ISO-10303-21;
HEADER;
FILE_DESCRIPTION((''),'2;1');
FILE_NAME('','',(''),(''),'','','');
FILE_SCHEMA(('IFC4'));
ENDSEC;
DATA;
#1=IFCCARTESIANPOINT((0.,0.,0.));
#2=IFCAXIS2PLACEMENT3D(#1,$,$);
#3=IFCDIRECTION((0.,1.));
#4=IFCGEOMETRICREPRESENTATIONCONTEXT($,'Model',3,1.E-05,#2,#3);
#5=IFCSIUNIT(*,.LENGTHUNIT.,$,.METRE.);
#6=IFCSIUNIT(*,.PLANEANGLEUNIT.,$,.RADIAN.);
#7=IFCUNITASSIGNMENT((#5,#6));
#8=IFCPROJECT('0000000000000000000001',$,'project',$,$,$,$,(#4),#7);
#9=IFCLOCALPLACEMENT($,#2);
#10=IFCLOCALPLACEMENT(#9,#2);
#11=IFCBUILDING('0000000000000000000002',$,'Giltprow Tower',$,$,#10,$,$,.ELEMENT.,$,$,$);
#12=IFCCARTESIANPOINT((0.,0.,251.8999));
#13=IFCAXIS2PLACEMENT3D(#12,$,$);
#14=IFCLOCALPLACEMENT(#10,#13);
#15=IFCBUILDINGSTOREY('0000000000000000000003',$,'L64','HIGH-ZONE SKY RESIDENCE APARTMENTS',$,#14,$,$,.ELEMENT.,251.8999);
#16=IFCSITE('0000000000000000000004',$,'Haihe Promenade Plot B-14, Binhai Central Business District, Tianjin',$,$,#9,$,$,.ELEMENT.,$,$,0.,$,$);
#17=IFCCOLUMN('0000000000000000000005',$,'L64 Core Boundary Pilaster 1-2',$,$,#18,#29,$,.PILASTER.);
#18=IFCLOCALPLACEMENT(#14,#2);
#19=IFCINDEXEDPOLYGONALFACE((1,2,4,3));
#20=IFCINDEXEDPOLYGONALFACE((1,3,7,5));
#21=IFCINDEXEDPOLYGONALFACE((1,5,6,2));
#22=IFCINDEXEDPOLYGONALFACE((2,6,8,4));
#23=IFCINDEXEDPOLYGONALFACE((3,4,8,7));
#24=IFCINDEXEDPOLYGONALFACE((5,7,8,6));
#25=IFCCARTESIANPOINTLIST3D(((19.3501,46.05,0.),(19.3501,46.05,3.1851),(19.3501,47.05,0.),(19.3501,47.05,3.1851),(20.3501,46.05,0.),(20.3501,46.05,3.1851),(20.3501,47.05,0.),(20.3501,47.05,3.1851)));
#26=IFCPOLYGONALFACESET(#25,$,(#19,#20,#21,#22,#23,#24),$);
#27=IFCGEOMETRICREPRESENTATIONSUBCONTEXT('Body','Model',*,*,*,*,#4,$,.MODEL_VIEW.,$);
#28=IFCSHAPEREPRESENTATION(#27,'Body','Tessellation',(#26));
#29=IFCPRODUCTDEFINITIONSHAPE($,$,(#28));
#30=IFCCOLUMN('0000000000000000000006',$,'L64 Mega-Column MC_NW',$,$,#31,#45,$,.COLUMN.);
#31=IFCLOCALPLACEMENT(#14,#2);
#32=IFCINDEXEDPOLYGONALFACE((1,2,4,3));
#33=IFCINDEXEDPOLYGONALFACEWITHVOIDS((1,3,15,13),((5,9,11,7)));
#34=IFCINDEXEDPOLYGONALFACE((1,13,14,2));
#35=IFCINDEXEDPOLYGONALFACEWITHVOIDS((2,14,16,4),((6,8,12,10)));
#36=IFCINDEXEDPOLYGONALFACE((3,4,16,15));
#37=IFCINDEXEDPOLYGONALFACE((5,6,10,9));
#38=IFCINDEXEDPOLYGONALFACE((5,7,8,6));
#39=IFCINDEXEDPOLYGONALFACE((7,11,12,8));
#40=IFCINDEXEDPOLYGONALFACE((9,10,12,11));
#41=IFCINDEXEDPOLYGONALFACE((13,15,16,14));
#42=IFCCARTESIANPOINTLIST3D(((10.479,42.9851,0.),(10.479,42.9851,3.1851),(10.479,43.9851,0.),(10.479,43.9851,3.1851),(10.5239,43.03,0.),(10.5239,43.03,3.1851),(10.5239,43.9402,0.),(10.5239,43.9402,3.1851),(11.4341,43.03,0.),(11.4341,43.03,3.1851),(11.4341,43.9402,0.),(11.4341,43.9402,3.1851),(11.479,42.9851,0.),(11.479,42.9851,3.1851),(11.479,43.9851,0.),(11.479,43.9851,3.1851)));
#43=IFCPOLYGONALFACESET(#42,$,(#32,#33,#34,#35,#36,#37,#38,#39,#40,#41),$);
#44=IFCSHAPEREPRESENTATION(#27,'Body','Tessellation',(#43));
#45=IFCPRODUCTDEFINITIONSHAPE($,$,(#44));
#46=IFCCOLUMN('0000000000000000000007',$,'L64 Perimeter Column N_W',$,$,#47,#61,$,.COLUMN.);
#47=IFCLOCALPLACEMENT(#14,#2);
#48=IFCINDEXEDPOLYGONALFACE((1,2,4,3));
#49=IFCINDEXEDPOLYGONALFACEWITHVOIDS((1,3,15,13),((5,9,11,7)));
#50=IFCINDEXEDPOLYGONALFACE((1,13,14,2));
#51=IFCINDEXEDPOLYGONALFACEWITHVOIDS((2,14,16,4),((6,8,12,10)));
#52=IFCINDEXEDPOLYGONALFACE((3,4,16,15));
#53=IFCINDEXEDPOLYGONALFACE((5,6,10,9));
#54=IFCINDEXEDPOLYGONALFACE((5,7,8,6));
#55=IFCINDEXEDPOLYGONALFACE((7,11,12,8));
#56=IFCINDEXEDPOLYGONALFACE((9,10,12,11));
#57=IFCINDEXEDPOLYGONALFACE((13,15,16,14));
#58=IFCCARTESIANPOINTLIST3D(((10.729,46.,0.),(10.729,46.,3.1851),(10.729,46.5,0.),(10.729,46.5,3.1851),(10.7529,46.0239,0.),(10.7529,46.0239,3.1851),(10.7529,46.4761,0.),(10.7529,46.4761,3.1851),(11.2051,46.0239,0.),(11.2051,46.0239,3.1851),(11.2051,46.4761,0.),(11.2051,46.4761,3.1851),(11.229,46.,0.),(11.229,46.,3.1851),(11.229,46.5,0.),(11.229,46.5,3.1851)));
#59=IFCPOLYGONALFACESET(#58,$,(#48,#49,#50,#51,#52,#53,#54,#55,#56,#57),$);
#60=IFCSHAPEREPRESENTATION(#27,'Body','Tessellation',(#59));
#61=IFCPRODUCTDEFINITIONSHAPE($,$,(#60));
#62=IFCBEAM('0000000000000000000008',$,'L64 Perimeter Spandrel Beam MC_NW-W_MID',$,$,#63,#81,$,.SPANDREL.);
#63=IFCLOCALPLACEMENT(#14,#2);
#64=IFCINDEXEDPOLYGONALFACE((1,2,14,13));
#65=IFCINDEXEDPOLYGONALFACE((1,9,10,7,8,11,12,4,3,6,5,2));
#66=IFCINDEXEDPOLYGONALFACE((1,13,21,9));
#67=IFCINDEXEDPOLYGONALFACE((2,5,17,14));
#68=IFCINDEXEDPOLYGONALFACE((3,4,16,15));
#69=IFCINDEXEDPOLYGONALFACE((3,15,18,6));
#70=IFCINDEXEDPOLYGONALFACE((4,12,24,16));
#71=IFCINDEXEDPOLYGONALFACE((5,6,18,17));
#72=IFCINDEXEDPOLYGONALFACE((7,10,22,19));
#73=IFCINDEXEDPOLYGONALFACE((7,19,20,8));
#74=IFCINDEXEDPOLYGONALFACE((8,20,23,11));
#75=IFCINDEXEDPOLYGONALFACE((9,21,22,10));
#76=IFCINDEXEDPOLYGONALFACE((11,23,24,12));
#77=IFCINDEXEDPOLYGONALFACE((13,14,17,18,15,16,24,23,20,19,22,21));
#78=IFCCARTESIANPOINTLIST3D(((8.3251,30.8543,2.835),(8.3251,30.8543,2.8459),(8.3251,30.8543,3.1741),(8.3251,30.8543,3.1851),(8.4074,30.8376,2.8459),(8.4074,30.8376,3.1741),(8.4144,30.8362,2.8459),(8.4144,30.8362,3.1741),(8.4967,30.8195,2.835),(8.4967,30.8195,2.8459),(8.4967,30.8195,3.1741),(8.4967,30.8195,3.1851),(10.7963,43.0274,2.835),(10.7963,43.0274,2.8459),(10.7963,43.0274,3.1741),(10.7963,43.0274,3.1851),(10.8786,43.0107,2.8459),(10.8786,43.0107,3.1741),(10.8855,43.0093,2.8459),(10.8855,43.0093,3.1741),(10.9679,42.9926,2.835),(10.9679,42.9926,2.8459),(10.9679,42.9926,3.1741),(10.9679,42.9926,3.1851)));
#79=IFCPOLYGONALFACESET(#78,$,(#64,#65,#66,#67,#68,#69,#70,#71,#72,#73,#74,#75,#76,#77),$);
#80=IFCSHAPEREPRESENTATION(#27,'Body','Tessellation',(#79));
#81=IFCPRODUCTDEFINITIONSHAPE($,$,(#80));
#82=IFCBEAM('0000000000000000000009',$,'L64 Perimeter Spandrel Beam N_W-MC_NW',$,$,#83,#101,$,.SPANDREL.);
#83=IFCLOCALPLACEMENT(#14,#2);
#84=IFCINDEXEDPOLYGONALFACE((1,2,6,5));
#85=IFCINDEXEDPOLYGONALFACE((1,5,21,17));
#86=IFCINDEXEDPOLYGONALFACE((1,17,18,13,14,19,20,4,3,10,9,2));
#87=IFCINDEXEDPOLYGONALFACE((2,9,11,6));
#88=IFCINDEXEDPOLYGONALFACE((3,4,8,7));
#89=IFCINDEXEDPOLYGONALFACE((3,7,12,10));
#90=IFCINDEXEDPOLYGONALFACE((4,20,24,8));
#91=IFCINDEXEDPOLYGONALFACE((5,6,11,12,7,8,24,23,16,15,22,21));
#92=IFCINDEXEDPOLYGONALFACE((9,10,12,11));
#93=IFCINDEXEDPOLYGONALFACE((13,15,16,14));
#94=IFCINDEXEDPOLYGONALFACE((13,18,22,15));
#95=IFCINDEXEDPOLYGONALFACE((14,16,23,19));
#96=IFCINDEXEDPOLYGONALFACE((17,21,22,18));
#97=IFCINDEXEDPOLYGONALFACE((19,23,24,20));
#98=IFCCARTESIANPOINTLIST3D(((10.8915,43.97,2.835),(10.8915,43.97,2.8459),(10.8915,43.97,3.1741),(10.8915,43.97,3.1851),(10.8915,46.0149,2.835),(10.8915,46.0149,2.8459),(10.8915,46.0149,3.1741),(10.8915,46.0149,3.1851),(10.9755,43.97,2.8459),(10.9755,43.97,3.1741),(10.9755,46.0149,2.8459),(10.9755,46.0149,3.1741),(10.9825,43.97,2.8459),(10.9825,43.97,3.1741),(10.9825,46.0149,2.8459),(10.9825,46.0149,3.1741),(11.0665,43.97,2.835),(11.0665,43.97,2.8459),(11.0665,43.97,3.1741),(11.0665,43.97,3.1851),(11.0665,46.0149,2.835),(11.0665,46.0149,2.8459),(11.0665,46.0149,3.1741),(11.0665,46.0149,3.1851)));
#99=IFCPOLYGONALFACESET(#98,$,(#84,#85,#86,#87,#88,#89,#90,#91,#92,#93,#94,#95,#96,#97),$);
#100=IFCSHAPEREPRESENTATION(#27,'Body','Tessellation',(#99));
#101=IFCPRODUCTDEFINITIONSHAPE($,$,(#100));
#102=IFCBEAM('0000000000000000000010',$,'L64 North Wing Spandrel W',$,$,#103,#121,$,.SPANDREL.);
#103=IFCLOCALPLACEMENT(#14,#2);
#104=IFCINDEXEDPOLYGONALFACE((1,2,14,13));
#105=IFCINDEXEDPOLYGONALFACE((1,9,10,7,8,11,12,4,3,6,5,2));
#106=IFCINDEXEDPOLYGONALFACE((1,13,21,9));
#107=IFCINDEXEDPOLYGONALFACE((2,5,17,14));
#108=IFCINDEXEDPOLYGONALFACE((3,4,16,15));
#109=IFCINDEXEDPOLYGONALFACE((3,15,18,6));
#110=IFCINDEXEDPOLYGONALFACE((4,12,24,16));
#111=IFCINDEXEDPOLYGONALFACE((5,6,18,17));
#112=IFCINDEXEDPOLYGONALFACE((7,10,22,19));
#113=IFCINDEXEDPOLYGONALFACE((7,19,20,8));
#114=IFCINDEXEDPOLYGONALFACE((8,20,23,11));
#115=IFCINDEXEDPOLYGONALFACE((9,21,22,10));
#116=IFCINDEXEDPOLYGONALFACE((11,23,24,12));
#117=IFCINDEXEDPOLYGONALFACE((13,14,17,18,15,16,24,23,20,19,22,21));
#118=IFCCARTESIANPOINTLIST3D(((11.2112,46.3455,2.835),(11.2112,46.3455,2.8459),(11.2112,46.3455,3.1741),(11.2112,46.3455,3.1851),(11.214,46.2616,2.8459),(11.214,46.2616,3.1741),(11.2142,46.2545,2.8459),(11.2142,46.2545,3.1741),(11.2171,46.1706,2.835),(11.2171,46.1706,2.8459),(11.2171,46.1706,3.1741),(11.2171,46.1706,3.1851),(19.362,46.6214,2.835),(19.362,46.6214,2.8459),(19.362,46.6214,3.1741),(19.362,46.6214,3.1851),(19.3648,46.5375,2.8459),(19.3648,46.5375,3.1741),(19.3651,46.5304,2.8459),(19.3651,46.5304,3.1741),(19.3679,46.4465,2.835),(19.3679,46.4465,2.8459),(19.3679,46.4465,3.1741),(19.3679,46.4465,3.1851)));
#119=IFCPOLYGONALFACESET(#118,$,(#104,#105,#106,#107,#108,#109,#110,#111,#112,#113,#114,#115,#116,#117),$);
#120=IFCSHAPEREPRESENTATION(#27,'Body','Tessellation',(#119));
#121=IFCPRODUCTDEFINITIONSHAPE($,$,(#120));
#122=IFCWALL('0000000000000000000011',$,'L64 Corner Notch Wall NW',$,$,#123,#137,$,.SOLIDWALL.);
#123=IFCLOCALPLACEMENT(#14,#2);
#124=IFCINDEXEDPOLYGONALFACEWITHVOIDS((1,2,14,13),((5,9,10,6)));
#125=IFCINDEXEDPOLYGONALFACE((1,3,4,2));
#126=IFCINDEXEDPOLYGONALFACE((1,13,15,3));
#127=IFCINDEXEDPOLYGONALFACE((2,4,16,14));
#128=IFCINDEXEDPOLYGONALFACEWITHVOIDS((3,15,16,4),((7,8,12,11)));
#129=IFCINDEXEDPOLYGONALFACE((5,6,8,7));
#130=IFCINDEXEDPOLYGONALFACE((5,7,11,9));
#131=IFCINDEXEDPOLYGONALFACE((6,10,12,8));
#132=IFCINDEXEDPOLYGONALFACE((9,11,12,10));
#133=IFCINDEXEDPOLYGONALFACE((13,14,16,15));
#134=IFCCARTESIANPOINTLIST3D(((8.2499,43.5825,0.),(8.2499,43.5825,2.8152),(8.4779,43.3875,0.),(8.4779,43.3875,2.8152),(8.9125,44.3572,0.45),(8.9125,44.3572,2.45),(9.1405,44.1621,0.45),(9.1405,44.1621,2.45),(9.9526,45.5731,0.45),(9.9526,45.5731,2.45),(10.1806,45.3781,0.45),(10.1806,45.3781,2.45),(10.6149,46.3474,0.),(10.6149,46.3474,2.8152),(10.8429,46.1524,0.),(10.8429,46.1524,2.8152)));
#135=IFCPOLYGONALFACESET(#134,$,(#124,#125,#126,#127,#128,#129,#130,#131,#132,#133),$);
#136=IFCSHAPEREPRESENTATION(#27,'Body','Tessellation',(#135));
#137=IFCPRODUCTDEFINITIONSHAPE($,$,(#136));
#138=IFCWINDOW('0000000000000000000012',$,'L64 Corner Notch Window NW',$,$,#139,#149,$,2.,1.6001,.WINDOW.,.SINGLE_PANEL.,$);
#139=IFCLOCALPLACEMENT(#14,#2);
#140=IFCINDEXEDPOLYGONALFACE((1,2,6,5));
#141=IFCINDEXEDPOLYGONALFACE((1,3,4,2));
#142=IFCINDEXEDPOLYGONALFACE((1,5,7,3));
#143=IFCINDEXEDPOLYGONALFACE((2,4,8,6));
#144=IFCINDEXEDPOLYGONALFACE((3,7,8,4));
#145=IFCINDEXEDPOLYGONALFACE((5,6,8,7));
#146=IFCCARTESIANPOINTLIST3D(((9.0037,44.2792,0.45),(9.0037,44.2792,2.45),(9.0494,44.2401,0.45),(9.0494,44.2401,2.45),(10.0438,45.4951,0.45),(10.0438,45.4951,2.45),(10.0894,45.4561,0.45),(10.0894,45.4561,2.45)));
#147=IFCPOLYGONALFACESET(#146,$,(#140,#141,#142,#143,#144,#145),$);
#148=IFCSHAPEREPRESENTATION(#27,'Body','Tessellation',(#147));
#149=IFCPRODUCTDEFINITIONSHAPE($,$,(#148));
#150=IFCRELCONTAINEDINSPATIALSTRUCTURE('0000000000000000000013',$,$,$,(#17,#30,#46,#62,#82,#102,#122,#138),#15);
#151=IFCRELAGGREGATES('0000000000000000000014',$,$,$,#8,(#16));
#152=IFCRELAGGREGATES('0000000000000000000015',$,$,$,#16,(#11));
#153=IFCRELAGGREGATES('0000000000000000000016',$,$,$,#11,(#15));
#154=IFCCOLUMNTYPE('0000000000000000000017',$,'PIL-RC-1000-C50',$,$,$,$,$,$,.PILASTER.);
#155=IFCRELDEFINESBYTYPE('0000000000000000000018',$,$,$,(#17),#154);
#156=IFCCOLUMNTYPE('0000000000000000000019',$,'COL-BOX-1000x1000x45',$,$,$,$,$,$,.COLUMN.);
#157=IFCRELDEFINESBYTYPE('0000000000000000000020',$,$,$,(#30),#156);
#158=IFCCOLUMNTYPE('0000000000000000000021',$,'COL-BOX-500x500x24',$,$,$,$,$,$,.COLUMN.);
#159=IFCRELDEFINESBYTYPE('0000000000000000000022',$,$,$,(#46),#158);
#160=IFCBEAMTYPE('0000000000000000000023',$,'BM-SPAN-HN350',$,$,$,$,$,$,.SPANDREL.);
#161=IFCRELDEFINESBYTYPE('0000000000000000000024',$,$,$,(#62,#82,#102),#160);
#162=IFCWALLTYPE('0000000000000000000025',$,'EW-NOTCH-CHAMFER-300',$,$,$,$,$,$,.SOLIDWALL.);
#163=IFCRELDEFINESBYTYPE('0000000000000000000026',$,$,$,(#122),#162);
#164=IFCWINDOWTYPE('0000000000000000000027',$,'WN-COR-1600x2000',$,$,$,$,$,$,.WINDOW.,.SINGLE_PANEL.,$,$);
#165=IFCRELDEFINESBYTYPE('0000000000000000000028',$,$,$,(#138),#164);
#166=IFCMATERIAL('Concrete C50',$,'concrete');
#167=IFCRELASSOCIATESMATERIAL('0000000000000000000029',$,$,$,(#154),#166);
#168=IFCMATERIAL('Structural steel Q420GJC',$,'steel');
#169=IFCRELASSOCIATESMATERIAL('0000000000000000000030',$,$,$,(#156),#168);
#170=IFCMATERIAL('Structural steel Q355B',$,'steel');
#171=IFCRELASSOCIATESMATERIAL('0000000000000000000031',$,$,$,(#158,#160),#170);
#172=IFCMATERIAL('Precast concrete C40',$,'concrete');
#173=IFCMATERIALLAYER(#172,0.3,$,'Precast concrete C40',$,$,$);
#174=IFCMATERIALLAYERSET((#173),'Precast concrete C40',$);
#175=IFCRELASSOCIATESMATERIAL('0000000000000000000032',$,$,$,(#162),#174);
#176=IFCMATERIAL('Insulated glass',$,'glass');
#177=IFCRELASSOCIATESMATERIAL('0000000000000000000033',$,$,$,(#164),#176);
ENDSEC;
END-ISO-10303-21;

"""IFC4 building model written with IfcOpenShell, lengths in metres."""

from ifc_helpers import new_model, si_unit, direction, frame, frame_2d, origin, origin_2d, place, context, subcontext, project, spatial, rectangle, hollow_rectangle, i_section, extrude, source, transform, mapped, material, layer, layer_set, material_profile, profile_set, type_object, element, fill, save


model = new_model("IFC4")

# Units and contexts
model_context = context("Model", 3, precision=1e-05, world=origin(), true_north=direction((0.0, 1.0)))
body_context = subcontext(model_context, "Body", "Model", "MODEL_VIEW")
ifc_project = project(units=[si_unit("LENGTHUNIT", "METRE"), si_unit("PLANEANGLEUNIT", "RADIAN")], contexts=[model_context])

# Site, building, storey
site_placement = place(None, origin())
site = spatial("IfcSite", under=ifc_project, at=site_placement, Name="Haihe Promenade Plot B-14, Binhai Central Business District, Tianjin", CompositionType="ELEMENT", RefElevation=0.0)
building_placement = place(site_placement, origin())
building = spatial("IfcBuilding", under=site, at=building_placement, Name="Giltprow Tower", CompositionType="ELEMENT")
storey_placement = place(building_placement, frame((0.0, 0.0, 251.8999)))
storey = spatial("IfcBuildingStorey", under=building, at=storey_placement, Name="L64", Description="HIGH-ZONE SKY RESIDENCE APARTMENTS", CompositionType="ELEMENT", Elevation=251.8999)

# Columns
ifc_material_1 = material(Name="Concrete C50", Category="concrete")
ifc_material_profile_1 = material_profile(ifc_material_1, rectangle(XDim=1.0, YDim=1.0, at=origin_2d()), Name="RC 1000x1000")
ifc_profile_set_1 = profile_set([ifc_material_profile_1], Name="Concrete C50")
column_type_1 = type_object("IfcColumnType", Name="PIL-RC-1000-C50", PredefinedType="PILASTER", material=ifc_profile_set_1)
shared_shape_1 = source(origin(), body_context, "Body", "SweptSolid", [
    extrude(rectangle(XDim=1.0, YDim=1.0, at=origin_2d()), origin(), (0.0, 0.0, 1.0), 3.1851),
])
column_1_placement = place(storey_placement, frame((19.8501, 46.55, 0.0), z_axis=(0.0, 0.0, 1.0), x_axis=(1.0, 0.0, 0.0)))
element("IfcColumn", 1, at=column_1_placement, inside=storey, type_object=column_type_1, Name="L64 Core Boundary Pilaster 1-2", PredefinedType="PILASTER", context=body_context, shape_type="MappedRepresentation", body=[
    mapped(shared_shape_1, transform((0.0, 0.0, 0.0), x_axis=(1.0, 0.0, 0.0), y_axis=(0.0, 1.0, 0.0), z_axis=(0.0, 0.0, 1.0), scale=1.0)),
])
ifc_material_2 = material(Name="Structural steel Q420GJC", Category="steel")
ifc_material_profile_2 = material_profile(ifc_material_2, hollow_rectangle(XDim=1.0, YDim=1.0, WallThickness=0.0449, at=origin_2d()), Name="BOX 1000x1000x45")
ifc_profile_set_2 = profile_set([ifc_material_profile_2], Name="Structural steel Q420GJC")
column_type_2 = type_object("IfcColumnType", Name="COL-BOX-1000x1000x45", PredefinedType="COLUMN", material=ifc_profile_set_2)
shared_shape_2 = source(origin(), body_context, "Body", "SweptSolid", [
    extrude(hollow_rectangle(XDim=1.0, YDim=1.0, WallThickness=0.0449, at=origin_2d()), origin(), (0.0, 0.0, 1.0), 3.1851),
])
column_2_placement = place(storey_placement, frame((10.979, 43.4851, 0.0), z_axis=(0.0, 0.0, 1.0), x_axis=(1.0, 0.0, 0.0)))
element("IfcColumn", 2, at=column_2_placement, inside=storey, type_object=column_type_2, Name="L64 Mega-Column MC_NW", PredefinedType="COLUMN", context=body_context, shape_type="MappedRepresentation", body=[
    mapped(shared_shape_2, transform((0.0, 0.0, 0.0), x_axis=(1.0, 0.0, 0.0), y_axis=(0.0, 1.0, 0.0), z_axis=(0.0, 0.0, 1.0), scale=1.0)),
])
ifc_material_3 = material(Name="Structural steel Q355B", Category="steel")
ifc_material_profile_3 = material_profile(ifc_material_3, hollow_rectangle(XDim=0.5, YDim=0.5, WallThickness=0.0239, at=origin_2d()), Name="BOX 500x500x24")
ifc_profile_set_3 = profile_set([ifc_material_profile_3], Name="Structural steel Q355B")
column_type_3 = type_object("IfcColumnType", Name="COL-BOX-500x500x24", PredefinedType="COLUMN", material=ifc_profile_set_3)
shared_shape_3 = source(origin(), body_context, "Body", "SweptSolid", [
    extrude(hollow_rectangle(XDim=0.5, YDim=0.5, WallThickness=0.0239, at=origin_2d()), origin(), (0.0, 0.0, 1.0), 3.1851),
])
column_3_placement = place(storey_placement, frame((10.979, 46.25, 0.0), z_axis=(0.0, 0.0, 1.0), x_axis=(1.0, 0.0, 0.0)))
element("IfcColumn", 3, at=column_3_placement, inside=storey, type_object=column_type_3, Name="L64 Perimeter Column N_W", PredefinedType="COLUMN", context=body_context, shape_type="MappedRepresentation", body=[
    mapped(shared_shape_3, transform((0.0, 0.0, 0.0), x_axis=(1.0, 0.0, 0.0), y_axis=(0.0, 1.0, 0.0), z_axis=(0.0, 0.0, 1.0), scale=1.0)),
])

# Beams
ifc_material_profile_4 = material_profile(ifc_material_3, i_section(OverallWidth=0.175, OverallDepth=0.3501, WebThickness=0.0071, FlangeThickness=0.011, at=origin_2d()), Name="HN 350x175x7x11")
ifc_profile_set_4 = profile_set([ifc_material_profile_4], Name="Structural steel Q355B")
beam_type = type_object("IfcBeamType", Name="BM-SPAN-HN350", PredefinedType="SPANDREL", material=ifc_profile_set_4)
shared_shape_4 = source(origin(), body_context, "Body", "SweptSolid", [
    extrude(i_section(OverallWidth=0.175, OverallDepth=0.3501, WebThickness=0.0071, FlangeThickness=0.011, at=origin_2d()), origin(), (0.0, 0.0, 1.0), 12.4214),
])
beam_1_placement = place(storey_placement, frame((10.8821, 43.01, 3.01), z_axis=(-0.198946, -0.98001, 0.0), x_axis=(0.98001, -0.198946, 0.0)))
element("IfcBeam", 4, at=beam_1_placement, inside=storey, type_object=beam_type, Name="L64 Perimeter Spandrel Beam MC_NW-W_MID", PredefinedType="SPANDREL", context=body_context, shape_type="MappedRepresentation", body=[
    mapped(shared_shape_4, transform((0.0, 0.0, 0.0), x_axis=(1.0, 0.0, 0.0), y_axis=(0.0, 1.0, 0.0), z_axis=(0.0, 0.0, 1.0), scale=1.0)),
])
shared_shape_5 = source(origin(), body_context, "Body", "SweptSolid", [
    extrude(i_section(OverallWidth=0.175, OverallDepth=0.3501, WebThickness=0.0071, FlangeThickness=0.011, at=origin_2d()), origin(), (0.0, 0.0, 1.0), 2.0449),
])
beam_2_placement = place(storey_placement, frame((10.979, 46.0149, 3.01), z_axis=(0.0, -1.0, 0.0), x_axis=(1.0, 0.0, 0.0)))
element("IfcBeam", 5, at=beam_2_placement, inside=storey, type_object=beam_type, Name="L64 Perimeter Spandrel Beam N_W-MC_NW", PredefinedType="SPANDREL", context=body_context, shape_type="MappedRepresentation", body=[
    mapped(shared_shape_5, transform((0.0, 0.0, 0.0), x_axis=(1.0, 0.0, 0.0), y_axis=(0.0, 1.0, 0.0), z_axis=(0.0, 0.0, 1.0), scale=1.0)),
])
shared_shape_6 = source(origin(), body_context, "Body", "SweptSolid", [
    extrude(i_section(OverallWidth=0.175, OverallDepth=0.3501, WebThickness=0.0071, FlangeThickness=0.011, at=origin_2d()), origin(), (0.0, 0.0, 1.0), 8.1555),
])
beam_3_placement = place(storey_placement, frame((11.2141, 46.2581, 3.01), z_axis=(0.999428, 0.033827, 0.0), x_axis=(-0.033827, 0.999428, 0.0)))
element("IfcBeam", 6, at=beam_3_placement, inside=storey, type_object=beam_type, Name="L64 North Wing Spandrel W", PredefinedType="SPANDREL", context=body_context, shape_type="MappedRepresentation", body=[
    mapped(shared_shape_6, transform((0.0, 0.0, 0.0), x_axis=(1.0, 0.0, 0.0), y_axis=(0.0, 1.0, 0.0), z_axis=(0.0, 0.0, 1.0), scale=1.0)),
])

# Wall, opening, window
ifc_material_4 = material(Name="Precast concrete C40", Category="concrete")
ifc_layer_1 = layer(ifc_material_4, 0.3, Name="Precast concrete C40")
ifc_layer_set_1 = layer_set([ifc_layer_1], Name="Precast concrete C40")
wall_type_1 = type_object("IfcWallType", Name="EW-NOTCH-CHAMFER-300", PredefinedType="SOLIDWALL", material=ifc_layer_set_1)
wall_1_placement = place(storey_placement, frame((10.729, 46.25, 0.0), z_axis=(0.0, 0.0, 1.0), x_axis=(-0.650012, -0.759924, 0.0)))
wall_1 = element("IfcWall", 7, at=wall_1_placement, inside=storey, type_object=wall_type_1, Name="L64 Corner Notch Wall NW", PredefinedType="SOLIDWALL", context=body_context, shape_type="SweptSolid", body=[
    extrude(rectangle(XDim=3.6384, YDim=0.3, at=frame_2d((1.8193, 0.0))), origin(), (0.0, 0.0, 1.0), 2.8152),
])
opening_1_placement = place(wall_1_placement, frame((1.019, 0.0, 0.45)))
opening_1 = element("IfcOpeningElement", 8, at=opening_1_placement, cuts=wall_1, PredefinedType="OPENING", context=body_context, shape_type="SweptSolid", body=[
    extrude(rectangle(XDim=1.6001, YDim=2.0, at=frame_2d((0.8, 1.0))), frame((0.0, 0.1599, 0.0), z_axis=(0.0, -1.0, 0.0), x_axis=(1.0, 0.0, 0.0)), (0.0, 0.0, 1.0), 0.3201),
])
ifc_material_5 = material(Name="Insulated glass", Category="glass")
window_type = type_object("IfcWindowType", Name="WN-COR-1600x2000", PartitioningType="SINGLE_PANEL", PredefinedType="WINDOW", material=ifc_material_5)
shared_shape_7 = source(origin(), body_context, "Body", "SweptSolid", [
    extrude(rectangle(XDim=1.6001, YDim=2.0, at=frame_2d((0.8, 1.0))), frame((0.0, 0.03, 0.0), z_axis=(0.0, -1.0, 0.0), x_axis=(1.0, 0.0, 0.0)), (0.0, 0.0, 1.0), 0.0601),
])
window_1_placement = place(opening_1_placement, origin())
window_1 = element("IfcWindow", 9, at=window_1_placement, inside=storey, type_object=window_type, Name="L64 Corner Notch Window NW", OverallHeight=2.0, OverallWidth=1.6001, PartitioningType="SINGLE_PANEL", PredefinedType="WINDOW", context=body_context, shape_type="MappedRepresentation", body=[
    mapped(shared_shape_7, transform((0.0, 0.0, 0.0), x_axis=(1.0, 0.0, 0.0), y_axis=(0.0, 1.0, 0.0), z_axis=(0.0, 0.0, 1.0), scale=1.0)),
])
fill(opening_1, window_1)

save(model, "model.ifc")
